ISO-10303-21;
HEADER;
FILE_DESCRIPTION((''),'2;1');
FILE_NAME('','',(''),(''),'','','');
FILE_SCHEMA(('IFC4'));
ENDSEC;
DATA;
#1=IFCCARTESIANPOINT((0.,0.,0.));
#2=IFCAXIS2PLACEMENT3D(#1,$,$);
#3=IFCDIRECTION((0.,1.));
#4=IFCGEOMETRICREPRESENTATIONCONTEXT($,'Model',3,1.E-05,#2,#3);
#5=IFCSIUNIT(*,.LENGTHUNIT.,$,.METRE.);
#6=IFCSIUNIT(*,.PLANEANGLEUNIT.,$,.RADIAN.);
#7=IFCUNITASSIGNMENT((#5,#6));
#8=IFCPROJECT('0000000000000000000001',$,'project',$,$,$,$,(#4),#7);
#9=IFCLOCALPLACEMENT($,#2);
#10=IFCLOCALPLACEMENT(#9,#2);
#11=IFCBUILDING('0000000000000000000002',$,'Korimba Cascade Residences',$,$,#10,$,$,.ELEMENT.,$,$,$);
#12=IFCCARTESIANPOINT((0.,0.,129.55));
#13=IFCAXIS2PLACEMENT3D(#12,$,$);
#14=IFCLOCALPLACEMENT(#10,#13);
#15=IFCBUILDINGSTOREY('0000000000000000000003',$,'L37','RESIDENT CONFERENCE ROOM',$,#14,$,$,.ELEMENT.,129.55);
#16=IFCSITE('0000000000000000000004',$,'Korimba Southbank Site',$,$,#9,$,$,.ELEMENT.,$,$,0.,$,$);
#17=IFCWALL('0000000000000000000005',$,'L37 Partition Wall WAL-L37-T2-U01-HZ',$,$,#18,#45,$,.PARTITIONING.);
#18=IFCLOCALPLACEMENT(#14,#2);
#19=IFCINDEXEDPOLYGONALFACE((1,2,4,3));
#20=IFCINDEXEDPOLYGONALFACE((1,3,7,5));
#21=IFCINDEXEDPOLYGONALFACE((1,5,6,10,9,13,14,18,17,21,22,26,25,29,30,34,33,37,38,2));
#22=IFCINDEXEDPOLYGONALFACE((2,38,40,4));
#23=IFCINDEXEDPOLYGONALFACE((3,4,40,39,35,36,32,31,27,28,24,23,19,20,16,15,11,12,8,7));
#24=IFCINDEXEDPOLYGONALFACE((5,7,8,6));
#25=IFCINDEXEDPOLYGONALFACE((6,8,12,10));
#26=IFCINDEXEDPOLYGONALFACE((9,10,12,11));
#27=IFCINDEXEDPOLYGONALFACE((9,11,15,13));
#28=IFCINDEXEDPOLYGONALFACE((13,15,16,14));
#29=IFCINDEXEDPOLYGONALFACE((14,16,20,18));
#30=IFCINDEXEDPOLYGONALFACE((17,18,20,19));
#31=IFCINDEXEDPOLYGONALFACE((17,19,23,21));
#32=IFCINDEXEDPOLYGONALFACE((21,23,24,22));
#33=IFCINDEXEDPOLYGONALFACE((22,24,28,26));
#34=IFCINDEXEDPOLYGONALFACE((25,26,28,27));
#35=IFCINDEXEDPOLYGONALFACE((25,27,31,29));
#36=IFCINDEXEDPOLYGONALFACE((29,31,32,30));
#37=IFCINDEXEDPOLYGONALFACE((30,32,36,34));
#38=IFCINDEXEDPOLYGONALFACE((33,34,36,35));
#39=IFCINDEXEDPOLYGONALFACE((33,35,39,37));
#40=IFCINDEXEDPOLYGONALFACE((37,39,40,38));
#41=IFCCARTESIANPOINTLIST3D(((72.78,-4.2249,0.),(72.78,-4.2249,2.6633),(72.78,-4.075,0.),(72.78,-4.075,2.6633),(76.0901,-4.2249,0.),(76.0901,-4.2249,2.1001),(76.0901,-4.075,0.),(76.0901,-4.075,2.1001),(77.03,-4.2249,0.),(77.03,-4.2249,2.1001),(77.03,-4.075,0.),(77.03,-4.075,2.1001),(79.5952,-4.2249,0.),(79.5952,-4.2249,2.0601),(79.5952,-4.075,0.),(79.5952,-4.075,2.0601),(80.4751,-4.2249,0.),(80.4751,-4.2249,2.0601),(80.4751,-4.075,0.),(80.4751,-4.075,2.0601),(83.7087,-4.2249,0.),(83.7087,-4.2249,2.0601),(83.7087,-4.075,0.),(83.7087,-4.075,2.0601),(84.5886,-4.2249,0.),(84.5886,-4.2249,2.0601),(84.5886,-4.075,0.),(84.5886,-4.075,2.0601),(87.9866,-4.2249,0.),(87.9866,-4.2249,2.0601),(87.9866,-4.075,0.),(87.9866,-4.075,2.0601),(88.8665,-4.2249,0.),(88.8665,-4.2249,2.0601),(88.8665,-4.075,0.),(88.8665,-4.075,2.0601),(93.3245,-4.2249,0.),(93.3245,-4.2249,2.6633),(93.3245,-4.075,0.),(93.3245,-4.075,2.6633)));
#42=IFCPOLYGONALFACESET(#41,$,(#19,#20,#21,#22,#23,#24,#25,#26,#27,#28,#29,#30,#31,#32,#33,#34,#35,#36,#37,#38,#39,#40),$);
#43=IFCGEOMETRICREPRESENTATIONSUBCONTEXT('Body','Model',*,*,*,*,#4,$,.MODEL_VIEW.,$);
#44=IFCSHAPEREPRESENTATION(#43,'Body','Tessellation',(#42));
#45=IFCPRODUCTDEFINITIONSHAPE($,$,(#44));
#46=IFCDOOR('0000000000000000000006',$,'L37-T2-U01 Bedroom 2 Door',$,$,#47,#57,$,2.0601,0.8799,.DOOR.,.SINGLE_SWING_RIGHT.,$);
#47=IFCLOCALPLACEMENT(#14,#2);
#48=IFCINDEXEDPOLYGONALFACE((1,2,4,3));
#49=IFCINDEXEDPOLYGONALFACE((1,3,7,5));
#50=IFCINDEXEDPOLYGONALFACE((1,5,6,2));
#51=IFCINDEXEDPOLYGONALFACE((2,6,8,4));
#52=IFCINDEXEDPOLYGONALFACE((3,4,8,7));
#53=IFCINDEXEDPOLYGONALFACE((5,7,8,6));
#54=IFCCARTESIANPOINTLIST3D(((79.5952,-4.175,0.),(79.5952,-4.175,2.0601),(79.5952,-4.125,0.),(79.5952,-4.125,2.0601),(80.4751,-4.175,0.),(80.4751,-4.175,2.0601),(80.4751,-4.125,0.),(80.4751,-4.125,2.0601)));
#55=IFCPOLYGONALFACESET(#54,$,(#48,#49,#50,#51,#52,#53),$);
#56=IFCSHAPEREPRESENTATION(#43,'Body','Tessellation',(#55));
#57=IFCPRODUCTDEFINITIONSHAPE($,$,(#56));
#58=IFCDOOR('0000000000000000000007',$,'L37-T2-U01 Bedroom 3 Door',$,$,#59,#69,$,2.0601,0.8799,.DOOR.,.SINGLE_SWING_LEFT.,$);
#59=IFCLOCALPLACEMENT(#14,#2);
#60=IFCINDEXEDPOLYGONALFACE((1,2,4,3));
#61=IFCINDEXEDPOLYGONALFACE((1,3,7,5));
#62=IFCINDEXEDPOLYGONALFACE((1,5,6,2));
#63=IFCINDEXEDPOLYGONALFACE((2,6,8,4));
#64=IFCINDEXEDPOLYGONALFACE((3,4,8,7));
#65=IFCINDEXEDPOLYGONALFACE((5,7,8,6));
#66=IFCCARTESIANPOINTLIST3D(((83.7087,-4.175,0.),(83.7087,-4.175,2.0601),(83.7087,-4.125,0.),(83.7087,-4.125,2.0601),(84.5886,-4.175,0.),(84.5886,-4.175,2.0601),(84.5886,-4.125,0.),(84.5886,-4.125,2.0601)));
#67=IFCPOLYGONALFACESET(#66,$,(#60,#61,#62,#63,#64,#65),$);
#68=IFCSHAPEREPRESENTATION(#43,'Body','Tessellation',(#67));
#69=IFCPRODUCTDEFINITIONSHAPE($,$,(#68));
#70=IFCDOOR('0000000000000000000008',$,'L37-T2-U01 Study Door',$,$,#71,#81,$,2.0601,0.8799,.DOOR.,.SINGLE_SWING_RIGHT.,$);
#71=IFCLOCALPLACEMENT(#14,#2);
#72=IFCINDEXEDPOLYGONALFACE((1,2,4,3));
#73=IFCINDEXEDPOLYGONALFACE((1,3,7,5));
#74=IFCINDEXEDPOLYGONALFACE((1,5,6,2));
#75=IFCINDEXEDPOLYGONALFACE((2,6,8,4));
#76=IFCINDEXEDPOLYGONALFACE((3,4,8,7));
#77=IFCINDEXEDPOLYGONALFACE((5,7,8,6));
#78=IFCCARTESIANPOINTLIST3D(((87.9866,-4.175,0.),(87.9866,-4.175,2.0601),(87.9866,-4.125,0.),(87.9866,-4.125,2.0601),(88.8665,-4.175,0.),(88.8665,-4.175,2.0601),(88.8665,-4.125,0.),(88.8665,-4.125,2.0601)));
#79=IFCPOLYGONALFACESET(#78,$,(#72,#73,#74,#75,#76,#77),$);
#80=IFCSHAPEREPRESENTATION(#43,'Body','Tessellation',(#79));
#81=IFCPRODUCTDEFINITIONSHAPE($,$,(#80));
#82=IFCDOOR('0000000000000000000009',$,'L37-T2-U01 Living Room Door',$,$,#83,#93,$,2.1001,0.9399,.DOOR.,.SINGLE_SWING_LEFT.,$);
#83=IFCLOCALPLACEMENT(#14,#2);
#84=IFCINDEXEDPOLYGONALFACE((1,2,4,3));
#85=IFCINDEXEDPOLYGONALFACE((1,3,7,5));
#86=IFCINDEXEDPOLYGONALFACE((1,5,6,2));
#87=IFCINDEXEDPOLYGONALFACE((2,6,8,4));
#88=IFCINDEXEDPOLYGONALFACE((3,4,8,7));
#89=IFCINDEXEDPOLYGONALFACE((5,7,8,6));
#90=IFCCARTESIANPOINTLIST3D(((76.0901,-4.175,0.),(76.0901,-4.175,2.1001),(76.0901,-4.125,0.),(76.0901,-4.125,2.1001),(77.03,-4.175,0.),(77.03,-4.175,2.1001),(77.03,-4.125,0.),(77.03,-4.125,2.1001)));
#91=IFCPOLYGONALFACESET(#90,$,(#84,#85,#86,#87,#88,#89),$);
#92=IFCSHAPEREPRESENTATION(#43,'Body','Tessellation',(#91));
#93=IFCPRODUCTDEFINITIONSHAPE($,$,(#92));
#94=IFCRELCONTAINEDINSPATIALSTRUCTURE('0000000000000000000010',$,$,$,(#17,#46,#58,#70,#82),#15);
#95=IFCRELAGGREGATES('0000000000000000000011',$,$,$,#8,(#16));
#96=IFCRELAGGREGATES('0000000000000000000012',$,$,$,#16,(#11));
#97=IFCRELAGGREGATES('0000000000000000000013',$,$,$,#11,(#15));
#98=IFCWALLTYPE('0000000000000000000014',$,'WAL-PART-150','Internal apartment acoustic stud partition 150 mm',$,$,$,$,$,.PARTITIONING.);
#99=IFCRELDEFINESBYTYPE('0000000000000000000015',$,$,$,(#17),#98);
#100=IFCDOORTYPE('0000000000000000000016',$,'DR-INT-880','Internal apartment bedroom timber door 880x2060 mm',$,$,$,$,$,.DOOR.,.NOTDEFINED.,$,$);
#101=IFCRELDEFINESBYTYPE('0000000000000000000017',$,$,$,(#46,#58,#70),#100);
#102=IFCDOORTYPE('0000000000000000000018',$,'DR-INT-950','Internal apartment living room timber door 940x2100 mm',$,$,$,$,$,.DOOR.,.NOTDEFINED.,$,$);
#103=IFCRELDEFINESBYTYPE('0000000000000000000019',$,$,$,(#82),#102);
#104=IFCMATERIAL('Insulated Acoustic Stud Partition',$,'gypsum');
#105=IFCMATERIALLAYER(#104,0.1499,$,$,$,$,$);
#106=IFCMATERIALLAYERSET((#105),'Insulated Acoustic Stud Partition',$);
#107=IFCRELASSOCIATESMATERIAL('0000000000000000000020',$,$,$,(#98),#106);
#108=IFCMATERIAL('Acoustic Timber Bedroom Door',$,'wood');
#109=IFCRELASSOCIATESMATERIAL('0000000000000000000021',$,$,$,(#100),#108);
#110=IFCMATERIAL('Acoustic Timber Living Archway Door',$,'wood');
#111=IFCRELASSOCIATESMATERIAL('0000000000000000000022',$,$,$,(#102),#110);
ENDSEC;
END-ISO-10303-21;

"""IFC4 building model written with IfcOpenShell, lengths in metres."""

from ifc_helpers import new_model, si_unit, direction, frame, frame_2d, origin, place, context, subcontext, project, spatial, rectangle, extrude, material, layer, layer_set, type_object, element, fill, save


model = new_model("IFC4")

# Units and contexts
model_context = context("Model", 3, precision=1e-05, world=origin(), true_north=direction((0.0, 1.0)))
body_context = subcontext(model_context, "Body", "Model", "MODEL_VIEW")
ifc_project = project(units=[si_unit("LENGTHUNIT", "METRE"), si_unit("PLANEANGLEUNIT", "RADIAN")], contexts=[model_context])

# Site, building, storey
site_placement = place(None, origin())
site = spatial("IfcSite", under=ifc_project, at=site_placement, Name="Korimba Southbank Site", CompositionType="ELEMENT", RefElevation=0.0)
building_placement = place(site_placement, origin())
building = spatial("IfcBuilding", under=site, at=building_placement, Name="Korimba Cascade Residences", CompositionType="ELEMENT")
storey_placement = place(building_placement, frame((0.0, 0.0, 129.55)))
storey = spatial("IfcBuildingStorey", under=building, at=storey_placement, Name="L37", Description="RESIDENT CONFERENCE ROOM", CompositionType="ELEMENT", Elevation=129.55)

# Shared definitions
ifc_material_1 = material(Name="Insulated Acoustic Stud Partition", Category="gypsum")
ifc_layer_1 = layer(ifc_material_1, 0.1499)
ifc_layer_set_1 = layer_set([ifc_layer_1], Name="Insulated Acoustic Stud Partition")
wall_type_1 = type_object("IfcWallType", Name="WAL-PART-150", Description="Internal apartment acoustic stud partition 150 mm", PredefinedType="PARTITIONING", material=ifc_layer_set_1)
ifc_material_2 = material(Name="Acoustic Timber Bedroom Door", Category="wood")
door_type_1 = type_object("IfcDoorType", Name="DR-INT-880", Description="Internal apartment bedroom timber door 880x2060 mm", OperationType="NOTDEFINED", PredefinedType="DOOR", material=ifc_material_2)

# Wall, openings, doors
wall_1_placement = place(storey_placement, frame((72.78, -4.1499, 0.0), z_axis=(0.0, 0.0, 1.0), x_axis=(1.0, 0.0, 0.0)))
wall_1 = element("IfcWall", 1, at=wall_1_placement, inside=storey, type_object=wall_type_1, Name="L37 Partition Wall WAL-L37-T2-U01-HZ", PredefinedType="PARTITIONING", context=body_context, shape_type="SweptSolid", body=[
    extrude(rectangle(XDim=20.5444, YDim=0.1499, at=frame_2d((10.2722, 0.0))), origin(), (0.0, 0.0, 1.0), 2.6633),
])
opening_1_placement = place(wall_1_placement, frame((3.3101, 0.0, 0.0)))
opening_1 = element("IfcOpeningElement", 2, at=opening_1_placement, cuts=wall_1, PredefinedType="OPENING", context=body_context, shape_type="SweptSolid", body=[
    extrude(rectangle(XDim=0.9399, YDim=2.1001, at=frame_2d((0.47, 1.05))), frame((0.0, 0.085, 0.0), z_axis=(0.0, -1.0, 0.0), x_axis=(1.0, 0.0, 0.0)), (0.0, 0.0, 1.0), 0.1699),
])
opening_2_placement = place(wall_1_placement, frame((6.8152, 0.0, 0.0)))
opening_2 = element("IfcOpeningElement", 3, at=opening_2_placement, cuts=wall_1, PredefinedType="OPENING", context=body_context, shape_type="SweptSolid", body=[
    extrude(rectangle(XDim=0.8799, YDim=2.0601, at=frame_2d((0.4399, 1.03))), frame((0.0, 0.085, 0.0), z_axis=(0.0, -1.0, 0.0), x_axis=(1.0, 0.0, 0.0)), (0.0, 0.0, 1.0), 0.1699),
])
opening_3_placement = place(wall_1_placement, frame((10.9287, 0.0, 0.0)))
opening_3 = element("IfcOpeningElement", 4, at=opening_3_placement, cuts=wall_1, PredefinedType="OPENING", context=body_context, shape_type="SweptSolid", body=[
    extrude(rectangle(XDim=0.8799, YDim=2.0601, at=frame_2d((0.4399, 1.03))), frame((0.0, 0.085, 0.0), z_axis=(0.0, -1.0, 0.0), x_axis=(1.0, 0.0, 0.0)), (0.0, 0.0, 1.0), 0.1699),
])
opening_4_placement = place(wall_1_placement, frame((15.2065, 0.0, 0.0)))
opening_4 = element("IfcOpeningElement", 5, at=opening_4_placement, cuts=wall_1, PredefinedType="OPENING", context=body_context, shape_type="SweptSolid", body=[
    extrude(rectangle(XDim=0.8799, YDim=2.0601, at=frame_2d((0.4399, 1.03))), frame((0.0, 0.085, 0.0), z_axis=(0.0, -1.0, 0.0), x_axis=(1.0, 0.0, 0.0)), (0.0, 0.0, 1.0), 0.1699),
])
door_1_placement = place(opening_2_placement, origin())
door_1 = element("IfcDoor", 6, at=door_1_placement, inside=storey, type_object=door_type_1, Name="L37-T2-U01 Bedroom 2 Door", OperationType="SINGLE_SWING_RIGHT", OverallHeight=2.0601, OverallWidth=0.8799, PredefinedType="DOOR", context=body_context, shape_type="SweptSolid", body=[
    extrude(rectangle(XDim=0.8799, YDim=2.0601, at=frame_2d((0.4399, 1.03))), frame((0.0, 0.0249, 0.0), z_axis=(0.0, -1.0, 0.0), x_axis=(1.0, 0.0, 0.0)), (0.0, 0.0, 1.0), 0.05),
])
fill(opening_2, door_1)
door_2_placement = place(opening_3_placement, origin())
door_2 = element("IfcDoor", 7, at=door_2_placement, inside=storey, type_object=door_type_1, Name="L37-T2-U01 Bedroom 3 Door", OperationType="SINGLE_SWING_LEFT", OverallHeight=2.0601, OverallWidth=0.8799, PredefinedType="DOOR", context=body_context, shape_type="SweptSolid", body=[
    extrude(rectangle(XDim=0.8799, YDim=2.0601, at=frame_2d((0.4399, 1.03))), frame((0.0, 0.0249, 0.0), z_axis=(0.0, -1.0, 0.0), x_axis=(1.0, 0.0, 0.0)), (0.0, 0.0, 1.0), 0.05),
])
fill(opening_3, door_2)
door_3_placement = place(opening_4_placement, origin())
door_3 = element("IfcDoor", 8, at=door_3_placement, inside=storey, type_object=door_type_1, Name="L37-T2-U01 Study Door", OperationType="SINGLE_SWING_RIGHT", OverallHeight=2.0601, OverallWidth=0.8799, PredefinedType="DOOR", context=body_context, shape_type="SweptSolid", body=[
    extrude(rectangle(XDim=0.8799, YDim=2.0601, at=frame_2d((0.4399, 1.03))), frame((0.0, 0.0249, 0.0), z_axis=(0.0, -1.0, 0.0), x_axis=(1.0, 0.0, 0.0)), (0.0, 0.0, 1.0), 0.05),
])
fill(opening_4, door_3)
ifc_material_3 = material(Name="Acoustic Timber Living Archway Door", Category="wood")
door_type_2 = type_object("IfcDoorType", Name="DR-INT-950", Description="Internal apartment living room timber door 940x2100 mm", OperationType="NOTDEFINED", PredefinedType="DOOR", material=ifc_material_3)
door_4_placement = place(opening_1_placement, origin())
door_4 = element("IfcDoor", 9, at=door_4_placement, inside=storey, type_object=door_type_2, Name="L37-T2-U01 Living Room Door", OperationType="SINGLE_SWING_LEFT", OverallHeight=2.1001, OverallWidth=0.9399, PredefinedType="DOOR", context=body_context, shape_type="SweptSolid", body=[
    extrude(rectangle(XDim=0.9399, YDim=2.1001, at=frame_2d((0.47, 1.05))), frame((0.0, 0.0249, 0.0), z_axis=(0.0, -1.0, 0.0), x_axis=(1.0, 0.0, 0.0)), (0.0, 0.0, 1.0), 0.05),
])
fill(opening_1, door_4)

save(model, "model.ifc")
